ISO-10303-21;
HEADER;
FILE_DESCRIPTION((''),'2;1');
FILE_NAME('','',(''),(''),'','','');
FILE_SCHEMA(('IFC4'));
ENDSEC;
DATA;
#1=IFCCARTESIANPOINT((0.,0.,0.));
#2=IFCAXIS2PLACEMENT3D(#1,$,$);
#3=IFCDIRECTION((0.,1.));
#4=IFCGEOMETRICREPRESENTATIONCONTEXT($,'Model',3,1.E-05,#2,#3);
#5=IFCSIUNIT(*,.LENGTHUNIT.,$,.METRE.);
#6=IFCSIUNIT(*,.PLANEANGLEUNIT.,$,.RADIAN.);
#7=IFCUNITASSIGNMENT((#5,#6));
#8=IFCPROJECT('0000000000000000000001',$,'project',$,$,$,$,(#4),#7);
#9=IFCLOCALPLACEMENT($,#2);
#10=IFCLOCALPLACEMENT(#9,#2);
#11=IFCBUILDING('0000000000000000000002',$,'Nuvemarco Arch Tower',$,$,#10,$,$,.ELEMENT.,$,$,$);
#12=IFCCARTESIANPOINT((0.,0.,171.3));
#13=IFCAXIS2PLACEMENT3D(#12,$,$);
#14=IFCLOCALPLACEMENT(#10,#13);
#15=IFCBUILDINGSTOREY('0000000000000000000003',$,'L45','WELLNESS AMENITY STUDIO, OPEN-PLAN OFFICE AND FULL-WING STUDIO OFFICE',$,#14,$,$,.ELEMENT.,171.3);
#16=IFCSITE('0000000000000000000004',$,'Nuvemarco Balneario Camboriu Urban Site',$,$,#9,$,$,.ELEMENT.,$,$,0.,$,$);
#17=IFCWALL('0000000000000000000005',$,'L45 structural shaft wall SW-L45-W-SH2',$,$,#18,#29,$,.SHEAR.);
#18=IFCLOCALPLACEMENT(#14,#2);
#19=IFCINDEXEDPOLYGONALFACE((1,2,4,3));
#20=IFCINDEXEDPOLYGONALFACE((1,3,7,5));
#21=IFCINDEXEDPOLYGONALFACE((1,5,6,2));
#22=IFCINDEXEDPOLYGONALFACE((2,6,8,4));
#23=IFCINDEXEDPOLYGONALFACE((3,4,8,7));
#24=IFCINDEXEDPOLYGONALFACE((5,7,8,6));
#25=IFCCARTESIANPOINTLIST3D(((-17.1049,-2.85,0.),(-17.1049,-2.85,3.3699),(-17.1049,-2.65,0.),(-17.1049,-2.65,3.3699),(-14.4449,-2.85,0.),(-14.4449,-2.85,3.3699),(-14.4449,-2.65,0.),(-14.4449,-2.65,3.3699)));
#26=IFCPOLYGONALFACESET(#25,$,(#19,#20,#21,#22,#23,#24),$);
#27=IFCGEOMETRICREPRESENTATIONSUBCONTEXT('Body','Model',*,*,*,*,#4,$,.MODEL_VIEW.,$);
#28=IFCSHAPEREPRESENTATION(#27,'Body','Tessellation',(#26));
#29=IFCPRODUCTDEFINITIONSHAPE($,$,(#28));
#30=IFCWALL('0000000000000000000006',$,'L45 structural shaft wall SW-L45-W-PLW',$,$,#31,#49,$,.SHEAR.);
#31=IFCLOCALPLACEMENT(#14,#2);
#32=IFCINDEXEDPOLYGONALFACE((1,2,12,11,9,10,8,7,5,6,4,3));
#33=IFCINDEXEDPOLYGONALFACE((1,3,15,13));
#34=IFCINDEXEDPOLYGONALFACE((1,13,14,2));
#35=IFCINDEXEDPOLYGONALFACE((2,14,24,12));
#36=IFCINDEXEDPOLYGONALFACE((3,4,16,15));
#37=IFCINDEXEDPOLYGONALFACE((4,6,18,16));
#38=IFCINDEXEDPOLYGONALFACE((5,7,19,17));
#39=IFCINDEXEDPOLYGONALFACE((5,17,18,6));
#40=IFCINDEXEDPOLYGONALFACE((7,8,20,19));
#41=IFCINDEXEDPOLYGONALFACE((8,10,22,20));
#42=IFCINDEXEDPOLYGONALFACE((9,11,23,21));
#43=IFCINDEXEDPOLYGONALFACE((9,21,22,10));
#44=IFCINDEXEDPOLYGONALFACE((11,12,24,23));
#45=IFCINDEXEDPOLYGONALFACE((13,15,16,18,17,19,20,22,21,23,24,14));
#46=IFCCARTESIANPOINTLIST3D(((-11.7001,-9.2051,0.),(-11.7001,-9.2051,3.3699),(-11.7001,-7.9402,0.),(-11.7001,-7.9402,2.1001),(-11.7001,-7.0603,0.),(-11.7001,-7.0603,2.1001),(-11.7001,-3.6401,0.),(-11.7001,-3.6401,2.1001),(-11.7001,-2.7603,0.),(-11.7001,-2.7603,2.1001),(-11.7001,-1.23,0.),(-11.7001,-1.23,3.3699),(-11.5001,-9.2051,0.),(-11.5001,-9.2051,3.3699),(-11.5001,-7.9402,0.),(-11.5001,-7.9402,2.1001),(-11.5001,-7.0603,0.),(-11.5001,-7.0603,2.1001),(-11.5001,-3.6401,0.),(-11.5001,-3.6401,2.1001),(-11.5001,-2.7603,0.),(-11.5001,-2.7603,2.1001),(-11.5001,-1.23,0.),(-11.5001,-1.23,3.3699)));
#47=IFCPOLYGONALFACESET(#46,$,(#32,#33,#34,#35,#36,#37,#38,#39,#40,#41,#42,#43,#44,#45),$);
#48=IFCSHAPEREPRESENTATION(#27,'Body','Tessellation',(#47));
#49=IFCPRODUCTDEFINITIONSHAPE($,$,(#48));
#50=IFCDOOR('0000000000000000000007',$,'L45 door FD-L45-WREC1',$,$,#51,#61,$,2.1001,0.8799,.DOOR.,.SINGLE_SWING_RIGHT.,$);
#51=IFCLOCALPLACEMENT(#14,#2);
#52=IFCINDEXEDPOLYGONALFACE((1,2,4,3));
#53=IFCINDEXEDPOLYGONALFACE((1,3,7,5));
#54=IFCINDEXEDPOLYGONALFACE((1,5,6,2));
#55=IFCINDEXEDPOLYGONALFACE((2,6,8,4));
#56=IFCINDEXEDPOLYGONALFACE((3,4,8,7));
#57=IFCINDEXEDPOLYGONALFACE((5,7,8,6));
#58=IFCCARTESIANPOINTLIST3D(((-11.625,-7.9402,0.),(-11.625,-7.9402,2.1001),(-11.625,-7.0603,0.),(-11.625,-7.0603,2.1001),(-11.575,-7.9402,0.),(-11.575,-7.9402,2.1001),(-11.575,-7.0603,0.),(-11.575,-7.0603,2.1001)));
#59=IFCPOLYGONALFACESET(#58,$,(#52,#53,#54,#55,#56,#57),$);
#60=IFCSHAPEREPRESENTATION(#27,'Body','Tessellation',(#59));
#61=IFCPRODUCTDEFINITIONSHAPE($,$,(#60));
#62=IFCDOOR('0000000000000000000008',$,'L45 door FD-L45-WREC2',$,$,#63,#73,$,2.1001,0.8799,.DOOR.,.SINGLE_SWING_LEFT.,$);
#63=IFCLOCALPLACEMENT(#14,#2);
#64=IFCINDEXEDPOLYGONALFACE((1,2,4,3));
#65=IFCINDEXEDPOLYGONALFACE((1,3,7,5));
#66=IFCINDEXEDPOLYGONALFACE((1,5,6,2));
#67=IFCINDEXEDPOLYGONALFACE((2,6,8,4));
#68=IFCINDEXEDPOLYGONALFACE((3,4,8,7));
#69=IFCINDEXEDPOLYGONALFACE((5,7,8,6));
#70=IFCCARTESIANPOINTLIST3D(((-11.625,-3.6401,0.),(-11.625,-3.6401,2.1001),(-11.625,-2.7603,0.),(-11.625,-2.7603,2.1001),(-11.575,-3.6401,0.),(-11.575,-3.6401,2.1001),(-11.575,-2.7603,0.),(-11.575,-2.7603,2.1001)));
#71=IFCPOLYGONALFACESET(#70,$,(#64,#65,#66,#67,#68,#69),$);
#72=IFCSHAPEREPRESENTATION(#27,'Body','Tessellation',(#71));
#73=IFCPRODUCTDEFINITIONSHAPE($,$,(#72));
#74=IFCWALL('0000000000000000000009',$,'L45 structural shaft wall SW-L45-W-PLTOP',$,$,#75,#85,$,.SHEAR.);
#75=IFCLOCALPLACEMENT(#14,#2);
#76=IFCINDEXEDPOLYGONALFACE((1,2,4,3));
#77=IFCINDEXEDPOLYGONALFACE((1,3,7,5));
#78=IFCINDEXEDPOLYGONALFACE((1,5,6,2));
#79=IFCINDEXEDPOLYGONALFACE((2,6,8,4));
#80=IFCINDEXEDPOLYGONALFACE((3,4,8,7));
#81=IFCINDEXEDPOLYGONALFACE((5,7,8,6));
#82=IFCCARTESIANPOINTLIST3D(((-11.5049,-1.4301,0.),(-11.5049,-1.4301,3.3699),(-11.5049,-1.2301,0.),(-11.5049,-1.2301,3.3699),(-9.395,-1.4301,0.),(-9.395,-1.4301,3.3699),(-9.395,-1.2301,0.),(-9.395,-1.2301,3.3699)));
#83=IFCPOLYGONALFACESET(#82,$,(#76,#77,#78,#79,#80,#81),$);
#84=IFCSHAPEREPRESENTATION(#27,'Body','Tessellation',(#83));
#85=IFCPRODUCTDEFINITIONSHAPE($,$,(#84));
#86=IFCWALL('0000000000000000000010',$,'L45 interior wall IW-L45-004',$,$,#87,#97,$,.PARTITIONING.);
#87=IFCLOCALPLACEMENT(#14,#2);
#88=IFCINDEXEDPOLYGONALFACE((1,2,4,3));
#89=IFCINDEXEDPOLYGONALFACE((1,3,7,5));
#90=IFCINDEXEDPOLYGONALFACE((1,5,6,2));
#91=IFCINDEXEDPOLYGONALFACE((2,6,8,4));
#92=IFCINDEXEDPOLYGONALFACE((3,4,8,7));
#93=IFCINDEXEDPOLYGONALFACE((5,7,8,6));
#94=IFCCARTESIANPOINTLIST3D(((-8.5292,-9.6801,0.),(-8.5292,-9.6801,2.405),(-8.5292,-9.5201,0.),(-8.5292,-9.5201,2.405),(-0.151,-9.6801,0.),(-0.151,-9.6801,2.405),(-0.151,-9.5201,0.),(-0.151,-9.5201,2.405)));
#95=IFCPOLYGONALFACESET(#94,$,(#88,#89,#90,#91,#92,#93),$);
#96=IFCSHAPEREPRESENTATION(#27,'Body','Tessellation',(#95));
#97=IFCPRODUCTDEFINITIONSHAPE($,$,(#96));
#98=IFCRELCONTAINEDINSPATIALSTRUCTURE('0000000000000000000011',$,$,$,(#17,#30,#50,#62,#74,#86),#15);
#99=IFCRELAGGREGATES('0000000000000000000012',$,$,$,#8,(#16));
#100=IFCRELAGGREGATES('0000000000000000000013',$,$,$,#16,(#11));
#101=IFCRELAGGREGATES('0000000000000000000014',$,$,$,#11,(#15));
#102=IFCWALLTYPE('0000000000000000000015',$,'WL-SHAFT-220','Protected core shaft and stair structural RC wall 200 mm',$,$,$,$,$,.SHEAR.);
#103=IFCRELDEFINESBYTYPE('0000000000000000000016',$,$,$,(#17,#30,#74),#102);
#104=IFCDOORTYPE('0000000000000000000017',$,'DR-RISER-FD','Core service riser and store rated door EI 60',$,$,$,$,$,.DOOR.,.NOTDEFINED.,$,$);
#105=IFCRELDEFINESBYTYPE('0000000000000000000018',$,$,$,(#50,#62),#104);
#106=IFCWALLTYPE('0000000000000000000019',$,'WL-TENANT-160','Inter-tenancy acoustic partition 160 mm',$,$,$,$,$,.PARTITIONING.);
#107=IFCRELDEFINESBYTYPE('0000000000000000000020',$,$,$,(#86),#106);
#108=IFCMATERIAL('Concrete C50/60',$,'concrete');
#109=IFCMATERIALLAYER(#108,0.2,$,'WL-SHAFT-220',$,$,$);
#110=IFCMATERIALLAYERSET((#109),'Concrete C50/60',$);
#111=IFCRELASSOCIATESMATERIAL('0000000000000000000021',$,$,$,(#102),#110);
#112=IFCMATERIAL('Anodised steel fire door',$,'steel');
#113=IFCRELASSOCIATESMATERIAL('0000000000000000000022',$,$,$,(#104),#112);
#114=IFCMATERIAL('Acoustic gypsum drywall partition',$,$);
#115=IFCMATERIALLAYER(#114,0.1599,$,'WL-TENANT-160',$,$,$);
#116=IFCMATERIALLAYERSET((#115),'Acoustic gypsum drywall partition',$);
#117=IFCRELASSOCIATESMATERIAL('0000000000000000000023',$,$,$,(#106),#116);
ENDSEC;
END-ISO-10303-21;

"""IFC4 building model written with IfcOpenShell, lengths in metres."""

from ifc_helpers import new_model, si_unit, direction, frame, frame_2d, origin, place, context, subcontext, project, spatial, rectangle, extrude, source, transform, mapped, material, layer, layer_set, type_object, type_shapes, element, fill, save


model = new_model("IFC4")

# Units and contexts
model_context = context("Model", 3, precision=1e-05, world=origin(), true_north=direction((0.0, 1.0)))
body_context = subcontext(model_context, "Body", "Model", "MODEL_VIEW")
ifc_project = project(units=[si_unit("LENGTHUNIT", "METRE"), si_unit("PLANEANGLEUNIT", "RADIAN")], contexts=[model_context])

# Site, building, storey
site_placement = place(None, origin())
site = spatial("IfcSite", under=ifc_project, at=site_placement, Name="Nuvemarco Balneario Camboriu Urban Site", CompositionType="ELEMENT", RefElevation=0.0)
building_placement = place(site_placement, origin())
building = spatial("IfcBuilding", under=site, at=building_placement, Name="Nuvemarco Arch Tower", CompositionType="ELEMENT")
storey_placement = place(building_placement, frame((0.0, 0.0, 171.3)))
storey = spatial("IfcBuildingStorey", under=building, at=storey_placement, Name="L45", Description="WELLNESS AMENITY STUDIO, OPEN-PLAN OFFICE AND FULL-WING STUDIO OFFICE", CompositionType="ELEMENT", Elevation=171.3)

# Shared definitions
ifc_material_1 = material(Name="Concrete C50/60", Category="concrete")

# Shared definitions
ifc_material_2 = material(Name="Anodised steel fire door", Category="steel")

# Shared definitions
ifc_layer_1 = layer(ifc_material_1, 0.2, Name="WL-SHAFT-220")
ifc_layer_set_1 = layer_set([ifc_layer_1], Name="Concrete C50/60")
wall_type_1 = type_object("IfcWallType", Name="WL-SHAFT-220", Description="Protected core shaft and stair structural RC wall 200 mm", PredefinedType="SHEAR", material=ifc_layer_set_1)

# Shared definitions
door_type_1 = type_object("IfcDoorType", Name="DR-RISER-FD", Description="Core service riser and store rated door EI 60", OperationType="NOTDEFINED", PredefinedType="DOOR", material=ifc_material_2)
shared_shape_1 = source(origin(), body_context, "Body", "SweptSolid", [
    extrude(rectangle(XDim=0.8799, YDim=2.1001, at=frame_2d((0.4399, 1.05))), frame((0.0, 0.0249, 0.0), z_axis=(0.0, -1.0, 0.0), x_axis=(1.0, 0.0, 0.0)), (0.0, 0.0, 1.0), 0.05),
])
type_shapes(door_type_1, [shared_shape_1])

# Wall
wall_1_placement = place(storey_placement, frame((-17.105, -2.75, 0.0), z_axis=(0.0, 0.0, 1.0), x_axis=(1.0, 0.0, 0.0)))
element("IfcWall", 1, at=wall_1_placement, inside=storey, type_object=wall_type_1, Name="L45 structural shaft wall SW-L45-W-SH2", PredefinedType="SHEAR", context=body_context, shape_type="SweptSolid", body=[
    extrude(rectangle(XDim=2.6599, YDim=0.2, at=frame_2d((1.3301, 0.0))), origin(), (0.0, 0.0, 1.0), 3.3699),
])

# Wall, openings, doors
wall_2_placement = place(storey_placement, frame((-11.6001, -9.2051, 0.0), z_axis=(0.0, 0.0, 1.0), x_axis=(0.0, 1.0, 0.0)))
wall_2 = element("IfcWall", 2, at=wall_2_placement, inside=storey, type_object=wall_type_1, Name="L45 structural shaft wall SW-L45-W-PLW", PredefinedType="SHEAR", context=body_context, shape_type="SweptSolid", body=[
    extrude(rectangle(XDim=7.9751, YDim=0.2, at=frame_2d((3.9875, 0.0))), origin(), (0.0, 0.0, 1.0), 3.3699),
])
opening_1_placement = place(wall_2_placement, frame((1.2649, 0.0, 0.0)))
opening_1 = element("IfcOpeningElement", 3, at=opening_1_placement, cuts=wall_2, PredefinedType="OPENING", context=body_context, shape_type="SweptSolid", body=[
    extrude(rectangle(XDim=0.8799, YDim=2.1001, at=frame_2d((0.4399, 1.05))), frame((0.0, 0.1099, 0.0), z_axis=(0.0, -1.0, 0.0), x_axis=(1.0, 0.0, 0.0)), (0.0, 0.0, 1.0), 0.22),
])
opening_2_placement = place(wall_2_placement, frame((5.5649, 0.0, 0.0)))
opening_2 = element("IfcOpeningElement", 4, at=opening_2_placement, cuts=wall_2, PredefinedType="OPENING", context=body_context, shape_type="SweptSolid", body=[
    extrude(rectangle(XDim=0.8799, YDim=2.1001, at=frame_2d((0.4399, 1.05))), frame((0.0, 0.1099, 0.0), z_axis=(0.0, -1.0, 0.0), x_axis=(1.0, 0.0, 0.0)), (0.0, 0.0, 1.0), 0.22),
])
door_1_placement = place(opening_1_placement, origin())
door_1 = element("IfcDoor", 5, at=door_1_placement, inside=storey, type_object=door_type_1, Name="L45 door FD-L45-WREC1", OperationType="SINGLE_SWING_RIGHT", OverallHeight=2.1001, OverallWidth=0.8799, PredefinedType="DOOR", context=body_context, shape_type="MappedRepresentation", body=[
    mapped(shared_shape_1, transform((0.0, 0.0, 0.0), scale=1.0)),
])
fill(opening_1, door_1)
door_2_placement = place(opening_2_placement, origin())
door_2 = element("IfcDoor", 6, at=door_2_placement, inside=storey, type_object=door_type_1, Name="L45 door FD-L45-WREC2", OperationType="SINGLE_SWING_LEFT", OverallHeight=2.1001, OverallWidth=0.8799, PredefinedType="DOOR", context=body_context, shape_type="MappedRepresentation", body=[
    mapped(shared_shape_1, transform((0.0, 0.0, 0.0), scale=1.0)),
])
fill(opening_2, door_2)

# Walls
wall_3_placement = place(storey_placement, frame((-11.5049, -1.3301, 0.0), z_axis=(0.0, 0.0, 1.0), x_axis=(1.0, 0.0, 0.0)))
element("IfcWall", 7, at=wall_3_placement, inside=storey, type_object=wall_type_1, Name="L45 structural shaft wall SW-L45-W-PLTOP", PredefinedType="SHEAR", context=body_context, shape_type="SweptSolid", body=[
    extrude(rectangle(XDim=2.1099, YDim=0.2, at=frame_2d((1.0549, 0.0))), origin(), (0.0, 0.0, 1.0), 3.3699),
])
ifc_material_3 = material(Name="Acoustic gypsum drywall partition")
ifc_layer_2 = layer(ifc_material_3, 0.1599, Name="WL-TENANT-160")
ifc_layer_set_2 = layer_set([ifc_layer_2], Name="Acoustic gypsum drywall partition")
wall_type_2 = type_object("IfcWallType", Name="WL-TENANT-160", Description="Inter-tenancy acoustic partition 160 mm", PredefinedType="PARTITIONING", material=ifc_layer_set_2)
wall_4_placement = place(storey_placement, frame((-8.5291, -9.6001, 0.0), z_axis=(0.0, 0.0, 1.0), x_axis=(1.0, 0.0, 0.0)))
element("IfcWall", 8, at=wall_4_placement, inside=storey, type_object=wall_type_2, Name="L45 interior wall IW-L45-004", PredefinedType="PARTITIONING", context=body_context, shape_type="SweptSolid", body=[
    extrude(rectangle(XDim=8.3782, YDim=0.1599, at=frame_2d((4.189, 0.0))), origin(), (0.0, 0.0, 1.0), 2.405),
])

save(model, "model.ifc")
